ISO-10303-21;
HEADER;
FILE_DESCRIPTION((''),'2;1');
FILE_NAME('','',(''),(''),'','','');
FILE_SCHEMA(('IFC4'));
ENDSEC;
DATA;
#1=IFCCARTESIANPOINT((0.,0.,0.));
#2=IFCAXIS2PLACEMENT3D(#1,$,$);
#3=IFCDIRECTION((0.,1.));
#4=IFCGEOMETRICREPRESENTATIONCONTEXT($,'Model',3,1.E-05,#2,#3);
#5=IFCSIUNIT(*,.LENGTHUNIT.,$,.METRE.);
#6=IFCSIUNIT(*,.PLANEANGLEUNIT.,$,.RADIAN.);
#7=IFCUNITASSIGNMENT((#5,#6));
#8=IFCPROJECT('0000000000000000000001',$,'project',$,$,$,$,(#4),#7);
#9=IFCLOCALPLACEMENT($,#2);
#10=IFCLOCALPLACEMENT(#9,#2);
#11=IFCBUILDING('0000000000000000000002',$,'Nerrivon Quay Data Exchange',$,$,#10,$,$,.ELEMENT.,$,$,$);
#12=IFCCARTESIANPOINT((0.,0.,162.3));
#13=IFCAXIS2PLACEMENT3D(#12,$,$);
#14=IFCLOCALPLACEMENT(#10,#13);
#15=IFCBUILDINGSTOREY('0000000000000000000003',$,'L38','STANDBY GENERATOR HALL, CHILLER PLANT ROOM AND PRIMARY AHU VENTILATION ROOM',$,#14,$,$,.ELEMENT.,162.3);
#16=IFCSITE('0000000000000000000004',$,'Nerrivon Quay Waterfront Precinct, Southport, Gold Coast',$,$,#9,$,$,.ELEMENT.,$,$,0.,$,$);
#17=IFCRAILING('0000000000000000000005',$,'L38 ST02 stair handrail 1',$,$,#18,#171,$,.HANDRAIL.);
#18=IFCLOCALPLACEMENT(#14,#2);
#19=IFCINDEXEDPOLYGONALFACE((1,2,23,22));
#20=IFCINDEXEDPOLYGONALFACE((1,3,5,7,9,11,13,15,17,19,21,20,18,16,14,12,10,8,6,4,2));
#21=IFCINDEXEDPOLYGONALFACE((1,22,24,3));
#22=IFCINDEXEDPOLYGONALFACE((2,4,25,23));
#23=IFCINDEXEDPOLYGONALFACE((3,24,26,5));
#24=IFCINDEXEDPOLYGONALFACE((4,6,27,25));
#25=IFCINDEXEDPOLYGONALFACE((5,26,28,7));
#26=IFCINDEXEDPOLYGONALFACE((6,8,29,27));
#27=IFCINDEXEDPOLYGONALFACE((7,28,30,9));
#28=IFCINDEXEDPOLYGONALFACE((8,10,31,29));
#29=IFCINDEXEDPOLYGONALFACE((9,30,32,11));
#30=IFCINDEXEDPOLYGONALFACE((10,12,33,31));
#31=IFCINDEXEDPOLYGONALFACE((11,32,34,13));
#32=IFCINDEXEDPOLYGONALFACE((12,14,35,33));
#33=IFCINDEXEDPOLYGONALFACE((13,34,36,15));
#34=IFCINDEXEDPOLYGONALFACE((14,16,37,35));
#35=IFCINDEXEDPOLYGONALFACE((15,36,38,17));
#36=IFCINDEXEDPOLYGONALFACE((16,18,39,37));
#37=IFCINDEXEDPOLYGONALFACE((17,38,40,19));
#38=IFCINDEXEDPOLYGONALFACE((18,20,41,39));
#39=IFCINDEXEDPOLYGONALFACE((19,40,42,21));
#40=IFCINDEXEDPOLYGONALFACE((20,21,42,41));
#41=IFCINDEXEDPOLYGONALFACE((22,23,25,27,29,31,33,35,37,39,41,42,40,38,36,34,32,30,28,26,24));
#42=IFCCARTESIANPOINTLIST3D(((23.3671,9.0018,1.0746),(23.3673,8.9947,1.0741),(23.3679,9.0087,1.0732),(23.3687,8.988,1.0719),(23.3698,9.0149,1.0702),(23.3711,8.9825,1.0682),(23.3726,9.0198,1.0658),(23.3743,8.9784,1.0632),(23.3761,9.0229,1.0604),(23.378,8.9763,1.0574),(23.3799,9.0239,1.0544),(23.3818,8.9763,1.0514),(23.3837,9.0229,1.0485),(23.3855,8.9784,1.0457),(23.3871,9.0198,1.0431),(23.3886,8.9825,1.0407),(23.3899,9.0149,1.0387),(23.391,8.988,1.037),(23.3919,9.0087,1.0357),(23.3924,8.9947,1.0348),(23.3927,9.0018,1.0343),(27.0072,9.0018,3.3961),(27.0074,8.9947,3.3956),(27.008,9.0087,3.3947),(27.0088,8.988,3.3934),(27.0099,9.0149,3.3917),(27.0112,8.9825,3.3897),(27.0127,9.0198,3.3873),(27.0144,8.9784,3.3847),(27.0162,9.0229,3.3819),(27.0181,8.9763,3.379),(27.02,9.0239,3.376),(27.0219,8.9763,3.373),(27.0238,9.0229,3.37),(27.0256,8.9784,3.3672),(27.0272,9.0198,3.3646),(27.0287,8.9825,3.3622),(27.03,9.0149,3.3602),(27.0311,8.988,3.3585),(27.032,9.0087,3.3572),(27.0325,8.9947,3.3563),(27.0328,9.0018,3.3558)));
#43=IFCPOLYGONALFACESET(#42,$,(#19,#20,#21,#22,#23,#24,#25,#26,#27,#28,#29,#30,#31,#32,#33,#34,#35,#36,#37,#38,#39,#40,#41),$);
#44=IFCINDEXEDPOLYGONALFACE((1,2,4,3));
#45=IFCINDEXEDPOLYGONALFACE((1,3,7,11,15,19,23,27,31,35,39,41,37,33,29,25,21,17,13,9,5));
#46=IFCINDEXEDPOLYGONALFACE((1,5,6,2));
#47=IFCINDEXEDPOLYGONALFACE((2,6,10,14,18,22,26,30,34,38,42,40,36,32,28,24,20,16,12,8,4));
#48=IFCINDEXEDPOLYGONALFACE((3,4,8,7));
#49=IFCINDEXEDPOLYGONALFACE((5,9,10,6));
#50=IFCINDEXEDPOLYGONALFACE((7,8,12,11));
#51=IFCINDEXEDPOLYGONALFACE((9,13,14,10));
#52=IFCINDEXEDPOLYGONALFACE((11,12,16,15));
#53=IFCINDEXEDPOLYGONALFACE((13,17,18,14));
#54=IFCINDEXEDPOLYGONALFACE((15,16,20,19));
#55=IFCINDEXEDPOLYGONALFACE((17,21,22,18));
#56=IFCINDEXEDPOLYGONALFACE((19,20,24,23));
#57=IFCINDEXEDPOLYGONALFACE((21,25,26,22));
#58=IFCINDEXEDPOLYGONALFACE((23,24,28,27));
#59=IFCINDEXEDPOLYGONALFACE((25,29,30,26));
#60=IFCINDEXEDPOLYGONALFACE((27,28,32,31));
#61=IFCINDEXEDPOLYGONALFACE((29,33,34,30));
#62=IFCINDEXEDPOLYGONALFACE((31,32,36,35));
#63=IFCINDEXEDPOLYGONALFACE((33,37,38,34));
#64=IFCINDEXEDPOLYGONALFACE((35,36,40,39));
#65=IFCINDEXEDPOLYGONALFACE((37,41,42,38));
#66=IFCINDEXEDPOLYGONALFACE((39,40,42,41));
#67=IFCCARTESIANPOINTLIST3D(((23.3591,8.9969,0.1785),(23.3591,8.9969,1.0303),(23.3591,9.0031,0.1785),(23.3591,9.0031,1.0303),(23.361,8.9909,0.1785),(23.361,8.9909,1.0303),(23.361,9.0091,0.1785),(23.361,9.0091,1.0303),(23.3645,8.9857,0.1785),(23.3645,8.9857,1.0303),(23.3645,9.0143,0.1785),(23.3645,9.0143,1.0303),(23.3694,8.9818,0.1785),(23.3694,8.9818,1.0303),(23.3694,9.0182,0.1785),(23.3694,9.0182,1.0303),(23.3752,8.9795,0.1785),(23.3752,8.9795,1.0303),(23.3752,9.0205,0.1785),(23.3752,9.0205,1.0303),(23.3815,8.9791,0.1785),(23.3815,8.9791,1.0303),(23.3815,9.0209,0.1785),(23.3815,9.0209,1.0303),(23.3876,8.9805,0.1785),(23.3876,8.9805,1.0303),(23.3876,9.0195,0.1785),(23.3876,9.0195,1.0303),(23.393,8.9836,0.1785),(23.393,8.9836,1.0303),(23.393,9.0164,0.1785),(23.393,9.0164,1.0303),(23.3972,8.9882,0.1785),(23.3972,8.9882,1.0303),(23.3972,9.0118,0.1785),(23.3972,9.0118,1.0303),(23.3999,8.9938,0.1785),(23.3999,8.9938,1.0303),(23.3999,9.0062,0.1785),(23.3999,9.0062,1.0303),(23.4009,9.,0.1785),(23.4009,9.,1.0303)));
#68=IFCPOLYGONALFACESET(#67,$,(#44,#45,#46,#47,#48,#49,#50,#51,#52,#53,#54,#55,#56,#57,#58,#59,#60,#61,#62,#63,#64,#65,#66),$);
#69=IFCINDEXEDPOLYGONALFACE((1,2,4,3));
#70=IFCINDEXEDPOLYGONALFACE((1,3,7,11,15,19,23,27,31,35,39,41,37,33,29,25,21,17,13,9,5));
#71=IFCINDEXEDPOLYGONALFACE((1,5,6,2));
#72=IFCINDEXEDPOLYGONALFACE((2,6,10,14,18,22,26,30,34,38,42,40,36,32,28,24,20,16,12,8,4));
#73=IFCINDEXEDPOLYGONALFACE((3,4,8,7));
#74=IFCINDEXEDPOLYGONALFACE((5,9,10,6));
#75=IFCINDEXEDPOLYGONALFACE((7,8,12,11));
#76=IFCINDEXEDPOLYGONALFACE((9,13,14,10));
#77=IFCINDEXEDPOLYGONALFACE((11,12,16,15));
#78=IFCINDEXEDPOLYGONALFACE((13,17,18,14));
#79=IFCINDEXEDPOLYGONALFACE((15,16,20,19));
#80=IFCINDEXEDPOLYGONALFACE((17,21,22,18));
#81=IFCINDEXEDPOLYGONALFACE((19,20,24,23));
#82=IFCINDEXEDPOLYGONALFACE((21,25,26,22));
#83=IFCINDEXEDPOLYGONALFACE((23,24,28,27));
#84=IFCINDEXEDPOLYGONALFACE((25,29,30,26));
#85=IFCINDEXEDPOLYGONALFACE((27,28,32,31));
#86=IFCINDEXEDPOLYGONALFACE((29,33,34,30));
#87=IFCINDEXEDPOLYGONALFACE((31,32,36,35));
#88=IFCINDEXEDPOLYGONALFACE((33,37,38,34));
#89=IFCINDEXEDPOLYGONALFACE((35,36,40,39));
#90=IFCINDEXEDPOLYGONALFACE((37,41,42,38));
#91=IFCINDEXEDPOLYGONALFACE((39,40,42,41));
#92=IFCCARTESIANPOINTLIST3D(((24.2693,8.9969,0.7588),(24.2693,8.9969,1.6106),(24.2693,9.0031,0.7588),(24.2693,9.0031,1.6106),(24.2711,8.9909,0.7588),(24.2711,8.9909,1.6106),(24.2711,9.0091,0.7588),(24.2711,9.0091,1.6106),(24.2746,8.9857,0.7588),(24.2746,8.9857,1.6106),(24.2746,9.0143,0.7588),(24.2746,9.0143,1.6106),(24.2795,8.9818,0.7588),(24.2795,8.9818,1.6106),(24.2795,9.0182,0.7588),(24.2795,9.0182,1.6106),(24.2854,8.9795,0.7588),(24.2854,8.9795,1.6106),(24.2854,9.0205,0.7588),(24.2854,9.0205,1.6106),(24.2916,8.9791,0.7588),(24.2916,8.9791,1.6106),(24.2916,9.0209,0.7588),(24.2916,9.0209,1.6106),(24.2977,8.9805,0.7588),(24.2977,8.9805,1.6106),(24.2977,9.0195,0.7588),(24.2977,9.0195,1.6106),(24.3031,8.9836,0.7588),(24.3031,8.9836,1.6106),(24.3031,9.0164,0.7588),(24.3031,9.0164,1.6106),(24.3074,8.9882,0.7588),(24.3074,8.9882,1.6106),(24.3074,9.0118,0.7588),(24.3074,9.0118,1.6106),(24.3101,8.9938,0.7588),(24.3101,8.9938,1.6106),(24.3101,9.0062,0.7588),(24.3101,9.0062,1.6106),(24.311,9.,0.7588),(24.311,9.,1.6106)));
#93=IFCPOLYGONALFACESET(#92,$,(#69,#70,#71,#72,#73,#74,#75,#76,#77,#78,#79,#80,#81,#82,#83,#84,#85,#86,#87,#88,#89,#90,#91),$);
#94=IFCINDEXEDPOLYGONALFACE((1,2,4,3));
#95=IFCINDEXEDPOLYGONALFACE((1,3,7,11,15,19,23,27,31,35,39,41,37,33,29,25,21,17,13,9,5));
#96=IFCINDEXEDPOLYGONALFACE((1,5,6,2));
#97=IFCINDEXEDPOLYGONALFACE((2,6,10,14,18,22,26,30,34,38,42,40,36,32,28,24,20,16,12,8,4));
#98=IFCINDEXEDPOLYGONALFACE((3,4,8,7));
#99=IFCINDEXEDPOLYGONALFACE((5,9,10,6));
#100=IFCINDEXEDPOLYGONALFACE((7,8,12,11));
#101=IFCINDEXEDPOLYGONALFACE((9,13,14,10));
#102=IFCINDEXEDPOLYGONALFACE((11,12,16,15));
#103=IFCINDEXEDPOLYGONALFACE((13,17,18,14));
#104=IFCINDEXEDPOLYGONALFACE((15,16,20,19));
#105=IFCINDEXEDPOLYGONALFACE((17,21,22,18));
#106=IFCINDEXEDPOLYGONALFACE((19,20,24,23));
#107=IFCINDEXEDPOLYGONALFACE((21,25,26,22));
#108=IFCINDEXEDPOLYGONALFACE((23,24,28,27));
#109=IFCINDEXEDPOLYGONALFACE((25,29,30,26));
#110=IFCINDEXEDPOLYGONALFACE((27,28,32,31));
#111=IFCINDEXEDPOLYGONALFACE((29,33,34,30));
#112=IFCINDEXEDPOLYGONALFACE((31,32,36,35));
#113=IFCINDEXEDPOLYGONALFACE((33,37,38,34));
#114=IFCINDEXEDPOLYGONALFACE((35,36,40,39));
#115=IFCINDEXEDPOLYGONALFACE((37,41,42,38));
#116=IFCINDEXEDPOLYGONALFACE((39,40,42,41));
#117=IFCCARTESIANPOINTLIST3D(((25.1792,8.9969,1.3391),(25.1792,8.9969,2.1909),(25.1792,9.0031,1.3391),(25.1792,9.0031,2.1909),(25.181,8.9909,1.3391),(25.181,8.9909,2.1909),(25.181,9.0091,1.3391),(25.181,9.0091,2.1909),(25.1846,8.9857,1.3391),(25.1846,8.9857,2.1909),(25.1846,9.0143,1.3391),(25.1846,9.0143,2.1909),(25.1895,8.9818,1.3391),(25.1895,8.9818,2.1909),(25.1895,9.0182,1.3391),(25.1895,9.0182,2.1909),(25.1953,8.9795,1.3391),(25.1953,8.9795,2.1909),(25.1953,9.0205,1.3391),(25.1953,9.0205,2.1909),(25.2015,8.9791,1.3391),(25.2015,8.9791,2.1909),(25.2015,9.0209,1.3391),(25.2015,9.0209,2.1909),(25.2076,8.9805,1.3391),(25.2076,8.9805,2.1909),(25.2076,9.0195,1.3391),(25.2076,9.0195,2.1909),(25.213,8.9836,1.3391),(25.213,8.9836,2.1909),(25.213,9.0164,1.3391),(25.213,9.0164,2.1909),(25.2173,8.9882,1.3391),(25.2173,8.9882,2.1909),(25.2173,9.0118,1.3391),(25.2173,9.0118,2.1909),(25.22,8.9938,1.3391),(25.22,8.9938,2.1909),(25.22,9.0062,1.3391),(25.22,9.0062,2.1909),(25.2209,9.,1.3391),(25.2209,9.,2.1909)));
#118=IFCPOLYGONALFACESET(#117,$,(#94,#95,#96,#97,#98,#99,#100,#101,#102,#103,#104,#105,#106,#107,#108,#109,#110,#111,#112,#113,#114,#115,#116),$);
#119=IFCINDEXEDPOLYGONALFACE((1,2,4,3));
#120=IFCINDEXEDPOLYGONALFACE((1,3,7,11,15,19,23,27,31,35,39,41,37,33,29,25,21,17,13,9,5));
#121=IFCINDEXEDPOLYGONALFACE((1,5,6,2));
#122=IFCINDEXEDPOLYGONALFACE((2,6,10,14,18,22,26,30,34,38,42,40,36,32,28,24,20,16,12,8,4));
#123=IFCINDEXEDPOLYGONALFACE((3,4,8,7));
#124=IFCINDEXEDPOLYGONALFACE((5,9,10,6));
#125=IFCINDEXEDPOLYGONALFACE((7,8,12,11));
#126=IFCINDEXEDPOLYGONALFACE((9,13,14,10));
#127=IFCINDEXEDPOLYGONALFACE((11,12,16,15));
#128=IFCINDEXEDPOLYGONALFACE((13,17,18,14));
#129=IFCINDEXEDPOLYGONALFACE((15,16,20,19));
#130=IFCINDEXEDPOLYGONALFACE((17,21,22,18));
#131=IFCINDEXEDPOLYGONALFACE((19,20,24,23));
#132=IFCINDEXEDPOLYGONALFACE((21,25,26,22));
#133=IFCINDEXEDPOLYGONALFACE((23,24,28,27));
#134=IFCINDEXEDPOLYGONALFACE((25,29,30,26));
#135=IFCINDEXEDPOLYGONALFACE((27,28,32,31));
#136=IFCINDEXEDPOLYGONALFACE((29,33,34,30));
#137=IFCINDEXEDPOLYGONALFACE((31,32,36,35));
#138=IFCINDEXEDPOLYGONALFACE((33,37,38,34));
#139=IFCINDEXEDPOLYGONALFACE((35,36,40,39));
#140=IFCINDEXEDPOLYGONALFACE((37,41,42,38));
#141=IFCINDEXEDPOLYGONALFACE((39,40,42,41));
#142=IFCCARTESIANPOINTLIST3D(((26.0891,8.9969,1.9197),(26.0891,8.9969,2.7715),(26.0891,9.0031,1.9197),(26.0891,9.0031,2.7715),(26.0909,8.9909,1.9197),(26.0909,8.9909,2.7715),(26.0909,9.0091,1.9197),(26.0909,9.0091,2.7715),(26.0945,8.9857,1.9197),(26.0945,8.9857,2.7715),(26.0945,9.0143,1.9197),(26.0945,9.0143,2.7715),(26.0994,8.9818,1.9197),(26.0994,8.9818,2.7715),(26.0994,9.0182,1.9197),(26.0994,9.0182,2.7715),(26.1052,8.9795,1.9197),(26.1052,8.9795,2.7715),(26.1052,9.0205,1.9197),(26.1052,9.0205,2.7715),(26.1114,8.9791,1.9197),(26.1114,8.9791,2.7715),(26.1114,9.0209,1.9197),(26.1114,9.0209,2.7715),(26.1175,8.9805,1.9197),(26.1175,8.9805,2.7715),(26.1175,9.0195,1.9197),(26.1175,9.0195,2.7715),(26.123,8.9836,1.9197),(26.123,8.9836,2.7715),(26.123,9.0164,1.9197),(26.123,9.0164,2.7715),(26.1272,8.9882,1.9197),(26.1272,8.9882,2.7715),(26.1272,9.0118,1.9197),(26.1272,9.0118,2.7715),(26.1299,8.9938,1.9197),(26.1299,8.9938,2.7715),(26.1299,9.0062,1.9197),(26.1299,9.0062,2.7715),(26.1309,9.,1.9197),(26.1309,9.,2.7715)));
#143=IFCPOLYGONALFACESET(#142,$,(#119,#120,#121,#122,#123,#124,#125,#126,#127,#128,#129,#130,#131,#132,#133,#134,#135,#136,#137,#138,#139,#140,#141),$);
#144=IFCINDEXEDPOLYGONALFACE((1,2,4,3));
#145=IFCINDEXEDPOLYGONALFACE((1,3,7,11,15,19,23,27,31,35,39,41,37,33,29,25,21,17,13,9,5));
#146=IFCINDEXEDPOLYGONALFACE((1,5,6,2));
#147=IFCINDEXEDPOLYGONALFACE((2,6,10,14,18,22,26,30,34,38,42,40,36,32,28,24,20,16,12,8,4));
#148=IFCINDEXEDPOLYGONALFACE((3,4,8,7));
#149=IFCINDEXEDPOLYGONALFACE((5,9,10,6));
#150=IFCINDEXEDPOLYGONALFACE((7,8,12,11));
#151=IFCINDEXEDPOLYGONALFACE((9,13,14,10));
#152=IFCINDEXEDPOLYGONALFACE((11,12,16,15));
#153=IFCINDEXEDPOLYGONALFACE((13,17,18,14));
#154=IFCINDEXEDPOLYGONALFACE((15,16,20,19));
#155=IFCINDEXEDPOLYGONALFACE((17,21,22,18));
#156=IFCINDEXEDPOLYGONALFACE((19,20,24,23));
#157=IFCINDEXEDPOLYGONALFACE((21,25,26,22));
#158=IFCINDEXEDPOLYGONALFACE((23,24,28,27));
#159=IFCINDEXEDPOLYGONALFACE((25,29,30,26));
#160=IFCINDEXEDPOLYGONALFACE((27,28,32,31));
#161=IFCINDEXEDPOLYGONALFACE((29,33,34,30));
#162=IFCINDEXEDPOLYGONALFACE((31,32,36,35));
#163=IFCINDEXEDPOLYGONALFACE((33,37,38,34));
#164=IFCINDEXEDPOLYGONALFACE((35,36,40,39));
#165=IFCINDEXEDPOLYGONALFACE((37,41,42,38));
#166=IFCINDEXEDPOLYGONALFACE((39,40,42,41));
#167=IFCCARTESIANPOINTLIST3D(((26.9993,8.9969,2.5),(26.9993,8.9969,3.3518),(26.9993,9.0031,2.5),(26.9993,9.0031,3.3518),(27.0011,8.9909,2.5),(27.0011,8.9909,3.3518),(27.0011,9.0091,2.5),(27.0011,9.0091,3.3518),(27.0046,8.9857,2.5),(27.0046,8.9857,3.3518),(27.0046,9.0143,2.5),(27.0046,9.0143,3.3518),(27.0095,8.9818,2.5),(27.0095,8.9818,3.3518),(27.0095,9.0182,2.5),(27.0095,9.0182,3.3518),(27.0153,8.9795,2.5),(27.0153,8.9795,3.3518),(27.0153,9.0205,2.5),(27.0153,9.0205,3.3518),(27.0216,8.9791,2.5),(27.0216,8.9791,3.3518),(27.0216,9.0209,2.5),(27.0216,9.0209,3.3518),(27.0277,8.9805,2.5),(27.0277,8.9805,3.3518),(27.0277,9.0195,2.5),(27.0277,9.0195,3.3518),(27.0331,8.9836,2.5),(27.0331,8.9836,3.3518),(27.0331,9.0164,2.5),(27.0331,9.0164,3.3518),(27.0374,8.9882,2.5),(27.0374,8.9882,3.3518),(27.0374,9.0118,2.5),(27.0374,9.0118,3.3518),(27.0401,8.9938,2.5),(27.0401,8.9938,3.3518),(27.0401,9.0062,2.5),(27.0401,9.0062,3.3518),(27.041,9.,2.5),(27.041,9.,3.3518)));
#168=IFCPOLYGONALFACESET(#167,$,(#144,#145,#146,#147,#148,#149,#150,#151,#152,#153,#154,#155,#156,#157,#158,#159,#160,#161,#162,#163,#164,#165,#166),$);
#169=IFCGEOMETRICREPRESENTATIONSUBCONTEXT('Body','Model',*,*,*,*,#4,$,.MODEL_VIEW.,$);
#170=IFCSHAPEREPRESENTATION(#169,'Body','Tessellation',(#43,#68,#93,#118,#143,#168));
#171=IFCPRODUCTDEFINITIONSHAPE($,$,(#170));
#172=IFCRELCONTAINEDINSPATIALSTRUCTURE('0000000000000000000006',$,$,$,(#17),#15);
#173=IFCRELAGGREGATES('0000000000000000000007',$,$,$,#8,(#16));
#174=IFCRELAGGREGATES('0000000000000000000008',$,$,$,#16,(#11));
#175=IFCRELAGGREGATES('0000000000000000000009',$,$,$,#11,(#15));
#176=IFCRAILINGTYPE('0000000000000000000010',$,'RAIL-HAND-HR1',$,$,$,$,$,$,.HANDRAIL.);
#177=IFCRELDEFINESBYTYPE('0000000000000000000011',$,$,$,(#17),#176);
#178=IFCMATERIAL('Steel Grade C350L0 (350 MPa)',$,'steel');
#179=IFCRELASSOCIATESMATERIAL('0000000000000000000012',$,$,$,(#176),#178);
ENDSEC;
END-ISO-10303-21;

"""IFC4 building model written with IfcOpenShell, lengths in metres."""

from ifc_helpers import new_model, si_unit, direction, frame, origin, origin_2d, place, context, subcontext, project, spatial, circle, extrude, material, type_object, element, save


model = new_model("IFC4")

# Units and contexts
model_context = context("Model", 3, precision=1e-05, world=origin(), true_north=direction((0.0, 1.0)))
body_context = subcontext(model_context, "Body", "Model", "MODEL_VIEW")
ifc_project = project(units=[si_unit("LENGTHUNIT", "METRE"), si_unit("PLANEANGLEUNIT", "RADIAN")], contexts=[model_context])

# Site, building, storey
site_placement = place(None, origin())
site = spatial("IfcSite", under=ifc_project, at=site_placement, Name="Nerrivon Quay Waterfront Precinct, Southport, Gold Coast", CompositionType="ELEMENT", RefElevation=0.0)
building_placement = place(site_placement, origin())
building = spatial("IfcBuilding", under=site, at=building_placement, Name="Nerrivon Quay Data Exchange", CompositionType="ELEMENT")
storey_placement = place(building_placement, frame((0.0, 0.0, 162.3)))
storey = spatial("IfcBuildingStorey", under=building, at=storey_placement, Name="L38", Description="STANDBY GENERATOR HALL, CHILLER PLANT ROOM AND PRIMARY AHU VENTILATION ROOM", CompositionType="ELEMENT", Elevation=162.3)

# Railing
ifc_material_1 = material(Name="Steel Grade C350L0 (350 MPa)", Category="steel")
railing_type_1 = type_object("IfcRailingType", Name="RAIL-HAND-HR1", PredefinedType="HANDRAIL", material=ifc_material_1)
railing_1_placement = place(storey_placement, frame((23.3799, 9.0, 0.1785)))
element("IfcRailing", 1, at=railing_1_placement, inside=storey, type_object=railing_type_1, Name="L38 ST02 stair handrail 1", PredefinedType="HANDRAIL", context=body_context, shape_type="SweptSolid", body=[
    extrude(circle(Radius=0.0239, at=origin_2d()), frame((0.0, 0.0, 0.876), z_axis=(0.843128, 0.0, 0.537713), x_axis=(0.0, 1.0, 0.0)), (0.0, 0.0, 1.0), 4.3174),
    extrude(circle(Radius=0.021, at=origin_2d()), origin(), (0.0, 0.0, 1.0), 0.8518),
    extrude(circle(Radius=0.021, at=origin_2d()), frame((0.9102, 0.0, 0.5803)), (0.0, 0.0, 1.0), 0.8518),
    extrude(circle(Radius=0.021, at=origin_2d()), frame((1.8201, 0.0, 1.1606)), (0.0, 0.0, 1.0), 0.8518),
    extrude(circle(Radius=0.021, at=origin_2d()), frame((2.73, 0.0, 1.7412)), (0.0, 0.0, 1.0), 0.8518),
    extrude(circle(Radius=0.021, at=origin_2d()), frame((3.6401, 0.0, 2.3215)), (0.0, 0.0, 1.0), 0.8518),
])

save(model, "model.ifc")
